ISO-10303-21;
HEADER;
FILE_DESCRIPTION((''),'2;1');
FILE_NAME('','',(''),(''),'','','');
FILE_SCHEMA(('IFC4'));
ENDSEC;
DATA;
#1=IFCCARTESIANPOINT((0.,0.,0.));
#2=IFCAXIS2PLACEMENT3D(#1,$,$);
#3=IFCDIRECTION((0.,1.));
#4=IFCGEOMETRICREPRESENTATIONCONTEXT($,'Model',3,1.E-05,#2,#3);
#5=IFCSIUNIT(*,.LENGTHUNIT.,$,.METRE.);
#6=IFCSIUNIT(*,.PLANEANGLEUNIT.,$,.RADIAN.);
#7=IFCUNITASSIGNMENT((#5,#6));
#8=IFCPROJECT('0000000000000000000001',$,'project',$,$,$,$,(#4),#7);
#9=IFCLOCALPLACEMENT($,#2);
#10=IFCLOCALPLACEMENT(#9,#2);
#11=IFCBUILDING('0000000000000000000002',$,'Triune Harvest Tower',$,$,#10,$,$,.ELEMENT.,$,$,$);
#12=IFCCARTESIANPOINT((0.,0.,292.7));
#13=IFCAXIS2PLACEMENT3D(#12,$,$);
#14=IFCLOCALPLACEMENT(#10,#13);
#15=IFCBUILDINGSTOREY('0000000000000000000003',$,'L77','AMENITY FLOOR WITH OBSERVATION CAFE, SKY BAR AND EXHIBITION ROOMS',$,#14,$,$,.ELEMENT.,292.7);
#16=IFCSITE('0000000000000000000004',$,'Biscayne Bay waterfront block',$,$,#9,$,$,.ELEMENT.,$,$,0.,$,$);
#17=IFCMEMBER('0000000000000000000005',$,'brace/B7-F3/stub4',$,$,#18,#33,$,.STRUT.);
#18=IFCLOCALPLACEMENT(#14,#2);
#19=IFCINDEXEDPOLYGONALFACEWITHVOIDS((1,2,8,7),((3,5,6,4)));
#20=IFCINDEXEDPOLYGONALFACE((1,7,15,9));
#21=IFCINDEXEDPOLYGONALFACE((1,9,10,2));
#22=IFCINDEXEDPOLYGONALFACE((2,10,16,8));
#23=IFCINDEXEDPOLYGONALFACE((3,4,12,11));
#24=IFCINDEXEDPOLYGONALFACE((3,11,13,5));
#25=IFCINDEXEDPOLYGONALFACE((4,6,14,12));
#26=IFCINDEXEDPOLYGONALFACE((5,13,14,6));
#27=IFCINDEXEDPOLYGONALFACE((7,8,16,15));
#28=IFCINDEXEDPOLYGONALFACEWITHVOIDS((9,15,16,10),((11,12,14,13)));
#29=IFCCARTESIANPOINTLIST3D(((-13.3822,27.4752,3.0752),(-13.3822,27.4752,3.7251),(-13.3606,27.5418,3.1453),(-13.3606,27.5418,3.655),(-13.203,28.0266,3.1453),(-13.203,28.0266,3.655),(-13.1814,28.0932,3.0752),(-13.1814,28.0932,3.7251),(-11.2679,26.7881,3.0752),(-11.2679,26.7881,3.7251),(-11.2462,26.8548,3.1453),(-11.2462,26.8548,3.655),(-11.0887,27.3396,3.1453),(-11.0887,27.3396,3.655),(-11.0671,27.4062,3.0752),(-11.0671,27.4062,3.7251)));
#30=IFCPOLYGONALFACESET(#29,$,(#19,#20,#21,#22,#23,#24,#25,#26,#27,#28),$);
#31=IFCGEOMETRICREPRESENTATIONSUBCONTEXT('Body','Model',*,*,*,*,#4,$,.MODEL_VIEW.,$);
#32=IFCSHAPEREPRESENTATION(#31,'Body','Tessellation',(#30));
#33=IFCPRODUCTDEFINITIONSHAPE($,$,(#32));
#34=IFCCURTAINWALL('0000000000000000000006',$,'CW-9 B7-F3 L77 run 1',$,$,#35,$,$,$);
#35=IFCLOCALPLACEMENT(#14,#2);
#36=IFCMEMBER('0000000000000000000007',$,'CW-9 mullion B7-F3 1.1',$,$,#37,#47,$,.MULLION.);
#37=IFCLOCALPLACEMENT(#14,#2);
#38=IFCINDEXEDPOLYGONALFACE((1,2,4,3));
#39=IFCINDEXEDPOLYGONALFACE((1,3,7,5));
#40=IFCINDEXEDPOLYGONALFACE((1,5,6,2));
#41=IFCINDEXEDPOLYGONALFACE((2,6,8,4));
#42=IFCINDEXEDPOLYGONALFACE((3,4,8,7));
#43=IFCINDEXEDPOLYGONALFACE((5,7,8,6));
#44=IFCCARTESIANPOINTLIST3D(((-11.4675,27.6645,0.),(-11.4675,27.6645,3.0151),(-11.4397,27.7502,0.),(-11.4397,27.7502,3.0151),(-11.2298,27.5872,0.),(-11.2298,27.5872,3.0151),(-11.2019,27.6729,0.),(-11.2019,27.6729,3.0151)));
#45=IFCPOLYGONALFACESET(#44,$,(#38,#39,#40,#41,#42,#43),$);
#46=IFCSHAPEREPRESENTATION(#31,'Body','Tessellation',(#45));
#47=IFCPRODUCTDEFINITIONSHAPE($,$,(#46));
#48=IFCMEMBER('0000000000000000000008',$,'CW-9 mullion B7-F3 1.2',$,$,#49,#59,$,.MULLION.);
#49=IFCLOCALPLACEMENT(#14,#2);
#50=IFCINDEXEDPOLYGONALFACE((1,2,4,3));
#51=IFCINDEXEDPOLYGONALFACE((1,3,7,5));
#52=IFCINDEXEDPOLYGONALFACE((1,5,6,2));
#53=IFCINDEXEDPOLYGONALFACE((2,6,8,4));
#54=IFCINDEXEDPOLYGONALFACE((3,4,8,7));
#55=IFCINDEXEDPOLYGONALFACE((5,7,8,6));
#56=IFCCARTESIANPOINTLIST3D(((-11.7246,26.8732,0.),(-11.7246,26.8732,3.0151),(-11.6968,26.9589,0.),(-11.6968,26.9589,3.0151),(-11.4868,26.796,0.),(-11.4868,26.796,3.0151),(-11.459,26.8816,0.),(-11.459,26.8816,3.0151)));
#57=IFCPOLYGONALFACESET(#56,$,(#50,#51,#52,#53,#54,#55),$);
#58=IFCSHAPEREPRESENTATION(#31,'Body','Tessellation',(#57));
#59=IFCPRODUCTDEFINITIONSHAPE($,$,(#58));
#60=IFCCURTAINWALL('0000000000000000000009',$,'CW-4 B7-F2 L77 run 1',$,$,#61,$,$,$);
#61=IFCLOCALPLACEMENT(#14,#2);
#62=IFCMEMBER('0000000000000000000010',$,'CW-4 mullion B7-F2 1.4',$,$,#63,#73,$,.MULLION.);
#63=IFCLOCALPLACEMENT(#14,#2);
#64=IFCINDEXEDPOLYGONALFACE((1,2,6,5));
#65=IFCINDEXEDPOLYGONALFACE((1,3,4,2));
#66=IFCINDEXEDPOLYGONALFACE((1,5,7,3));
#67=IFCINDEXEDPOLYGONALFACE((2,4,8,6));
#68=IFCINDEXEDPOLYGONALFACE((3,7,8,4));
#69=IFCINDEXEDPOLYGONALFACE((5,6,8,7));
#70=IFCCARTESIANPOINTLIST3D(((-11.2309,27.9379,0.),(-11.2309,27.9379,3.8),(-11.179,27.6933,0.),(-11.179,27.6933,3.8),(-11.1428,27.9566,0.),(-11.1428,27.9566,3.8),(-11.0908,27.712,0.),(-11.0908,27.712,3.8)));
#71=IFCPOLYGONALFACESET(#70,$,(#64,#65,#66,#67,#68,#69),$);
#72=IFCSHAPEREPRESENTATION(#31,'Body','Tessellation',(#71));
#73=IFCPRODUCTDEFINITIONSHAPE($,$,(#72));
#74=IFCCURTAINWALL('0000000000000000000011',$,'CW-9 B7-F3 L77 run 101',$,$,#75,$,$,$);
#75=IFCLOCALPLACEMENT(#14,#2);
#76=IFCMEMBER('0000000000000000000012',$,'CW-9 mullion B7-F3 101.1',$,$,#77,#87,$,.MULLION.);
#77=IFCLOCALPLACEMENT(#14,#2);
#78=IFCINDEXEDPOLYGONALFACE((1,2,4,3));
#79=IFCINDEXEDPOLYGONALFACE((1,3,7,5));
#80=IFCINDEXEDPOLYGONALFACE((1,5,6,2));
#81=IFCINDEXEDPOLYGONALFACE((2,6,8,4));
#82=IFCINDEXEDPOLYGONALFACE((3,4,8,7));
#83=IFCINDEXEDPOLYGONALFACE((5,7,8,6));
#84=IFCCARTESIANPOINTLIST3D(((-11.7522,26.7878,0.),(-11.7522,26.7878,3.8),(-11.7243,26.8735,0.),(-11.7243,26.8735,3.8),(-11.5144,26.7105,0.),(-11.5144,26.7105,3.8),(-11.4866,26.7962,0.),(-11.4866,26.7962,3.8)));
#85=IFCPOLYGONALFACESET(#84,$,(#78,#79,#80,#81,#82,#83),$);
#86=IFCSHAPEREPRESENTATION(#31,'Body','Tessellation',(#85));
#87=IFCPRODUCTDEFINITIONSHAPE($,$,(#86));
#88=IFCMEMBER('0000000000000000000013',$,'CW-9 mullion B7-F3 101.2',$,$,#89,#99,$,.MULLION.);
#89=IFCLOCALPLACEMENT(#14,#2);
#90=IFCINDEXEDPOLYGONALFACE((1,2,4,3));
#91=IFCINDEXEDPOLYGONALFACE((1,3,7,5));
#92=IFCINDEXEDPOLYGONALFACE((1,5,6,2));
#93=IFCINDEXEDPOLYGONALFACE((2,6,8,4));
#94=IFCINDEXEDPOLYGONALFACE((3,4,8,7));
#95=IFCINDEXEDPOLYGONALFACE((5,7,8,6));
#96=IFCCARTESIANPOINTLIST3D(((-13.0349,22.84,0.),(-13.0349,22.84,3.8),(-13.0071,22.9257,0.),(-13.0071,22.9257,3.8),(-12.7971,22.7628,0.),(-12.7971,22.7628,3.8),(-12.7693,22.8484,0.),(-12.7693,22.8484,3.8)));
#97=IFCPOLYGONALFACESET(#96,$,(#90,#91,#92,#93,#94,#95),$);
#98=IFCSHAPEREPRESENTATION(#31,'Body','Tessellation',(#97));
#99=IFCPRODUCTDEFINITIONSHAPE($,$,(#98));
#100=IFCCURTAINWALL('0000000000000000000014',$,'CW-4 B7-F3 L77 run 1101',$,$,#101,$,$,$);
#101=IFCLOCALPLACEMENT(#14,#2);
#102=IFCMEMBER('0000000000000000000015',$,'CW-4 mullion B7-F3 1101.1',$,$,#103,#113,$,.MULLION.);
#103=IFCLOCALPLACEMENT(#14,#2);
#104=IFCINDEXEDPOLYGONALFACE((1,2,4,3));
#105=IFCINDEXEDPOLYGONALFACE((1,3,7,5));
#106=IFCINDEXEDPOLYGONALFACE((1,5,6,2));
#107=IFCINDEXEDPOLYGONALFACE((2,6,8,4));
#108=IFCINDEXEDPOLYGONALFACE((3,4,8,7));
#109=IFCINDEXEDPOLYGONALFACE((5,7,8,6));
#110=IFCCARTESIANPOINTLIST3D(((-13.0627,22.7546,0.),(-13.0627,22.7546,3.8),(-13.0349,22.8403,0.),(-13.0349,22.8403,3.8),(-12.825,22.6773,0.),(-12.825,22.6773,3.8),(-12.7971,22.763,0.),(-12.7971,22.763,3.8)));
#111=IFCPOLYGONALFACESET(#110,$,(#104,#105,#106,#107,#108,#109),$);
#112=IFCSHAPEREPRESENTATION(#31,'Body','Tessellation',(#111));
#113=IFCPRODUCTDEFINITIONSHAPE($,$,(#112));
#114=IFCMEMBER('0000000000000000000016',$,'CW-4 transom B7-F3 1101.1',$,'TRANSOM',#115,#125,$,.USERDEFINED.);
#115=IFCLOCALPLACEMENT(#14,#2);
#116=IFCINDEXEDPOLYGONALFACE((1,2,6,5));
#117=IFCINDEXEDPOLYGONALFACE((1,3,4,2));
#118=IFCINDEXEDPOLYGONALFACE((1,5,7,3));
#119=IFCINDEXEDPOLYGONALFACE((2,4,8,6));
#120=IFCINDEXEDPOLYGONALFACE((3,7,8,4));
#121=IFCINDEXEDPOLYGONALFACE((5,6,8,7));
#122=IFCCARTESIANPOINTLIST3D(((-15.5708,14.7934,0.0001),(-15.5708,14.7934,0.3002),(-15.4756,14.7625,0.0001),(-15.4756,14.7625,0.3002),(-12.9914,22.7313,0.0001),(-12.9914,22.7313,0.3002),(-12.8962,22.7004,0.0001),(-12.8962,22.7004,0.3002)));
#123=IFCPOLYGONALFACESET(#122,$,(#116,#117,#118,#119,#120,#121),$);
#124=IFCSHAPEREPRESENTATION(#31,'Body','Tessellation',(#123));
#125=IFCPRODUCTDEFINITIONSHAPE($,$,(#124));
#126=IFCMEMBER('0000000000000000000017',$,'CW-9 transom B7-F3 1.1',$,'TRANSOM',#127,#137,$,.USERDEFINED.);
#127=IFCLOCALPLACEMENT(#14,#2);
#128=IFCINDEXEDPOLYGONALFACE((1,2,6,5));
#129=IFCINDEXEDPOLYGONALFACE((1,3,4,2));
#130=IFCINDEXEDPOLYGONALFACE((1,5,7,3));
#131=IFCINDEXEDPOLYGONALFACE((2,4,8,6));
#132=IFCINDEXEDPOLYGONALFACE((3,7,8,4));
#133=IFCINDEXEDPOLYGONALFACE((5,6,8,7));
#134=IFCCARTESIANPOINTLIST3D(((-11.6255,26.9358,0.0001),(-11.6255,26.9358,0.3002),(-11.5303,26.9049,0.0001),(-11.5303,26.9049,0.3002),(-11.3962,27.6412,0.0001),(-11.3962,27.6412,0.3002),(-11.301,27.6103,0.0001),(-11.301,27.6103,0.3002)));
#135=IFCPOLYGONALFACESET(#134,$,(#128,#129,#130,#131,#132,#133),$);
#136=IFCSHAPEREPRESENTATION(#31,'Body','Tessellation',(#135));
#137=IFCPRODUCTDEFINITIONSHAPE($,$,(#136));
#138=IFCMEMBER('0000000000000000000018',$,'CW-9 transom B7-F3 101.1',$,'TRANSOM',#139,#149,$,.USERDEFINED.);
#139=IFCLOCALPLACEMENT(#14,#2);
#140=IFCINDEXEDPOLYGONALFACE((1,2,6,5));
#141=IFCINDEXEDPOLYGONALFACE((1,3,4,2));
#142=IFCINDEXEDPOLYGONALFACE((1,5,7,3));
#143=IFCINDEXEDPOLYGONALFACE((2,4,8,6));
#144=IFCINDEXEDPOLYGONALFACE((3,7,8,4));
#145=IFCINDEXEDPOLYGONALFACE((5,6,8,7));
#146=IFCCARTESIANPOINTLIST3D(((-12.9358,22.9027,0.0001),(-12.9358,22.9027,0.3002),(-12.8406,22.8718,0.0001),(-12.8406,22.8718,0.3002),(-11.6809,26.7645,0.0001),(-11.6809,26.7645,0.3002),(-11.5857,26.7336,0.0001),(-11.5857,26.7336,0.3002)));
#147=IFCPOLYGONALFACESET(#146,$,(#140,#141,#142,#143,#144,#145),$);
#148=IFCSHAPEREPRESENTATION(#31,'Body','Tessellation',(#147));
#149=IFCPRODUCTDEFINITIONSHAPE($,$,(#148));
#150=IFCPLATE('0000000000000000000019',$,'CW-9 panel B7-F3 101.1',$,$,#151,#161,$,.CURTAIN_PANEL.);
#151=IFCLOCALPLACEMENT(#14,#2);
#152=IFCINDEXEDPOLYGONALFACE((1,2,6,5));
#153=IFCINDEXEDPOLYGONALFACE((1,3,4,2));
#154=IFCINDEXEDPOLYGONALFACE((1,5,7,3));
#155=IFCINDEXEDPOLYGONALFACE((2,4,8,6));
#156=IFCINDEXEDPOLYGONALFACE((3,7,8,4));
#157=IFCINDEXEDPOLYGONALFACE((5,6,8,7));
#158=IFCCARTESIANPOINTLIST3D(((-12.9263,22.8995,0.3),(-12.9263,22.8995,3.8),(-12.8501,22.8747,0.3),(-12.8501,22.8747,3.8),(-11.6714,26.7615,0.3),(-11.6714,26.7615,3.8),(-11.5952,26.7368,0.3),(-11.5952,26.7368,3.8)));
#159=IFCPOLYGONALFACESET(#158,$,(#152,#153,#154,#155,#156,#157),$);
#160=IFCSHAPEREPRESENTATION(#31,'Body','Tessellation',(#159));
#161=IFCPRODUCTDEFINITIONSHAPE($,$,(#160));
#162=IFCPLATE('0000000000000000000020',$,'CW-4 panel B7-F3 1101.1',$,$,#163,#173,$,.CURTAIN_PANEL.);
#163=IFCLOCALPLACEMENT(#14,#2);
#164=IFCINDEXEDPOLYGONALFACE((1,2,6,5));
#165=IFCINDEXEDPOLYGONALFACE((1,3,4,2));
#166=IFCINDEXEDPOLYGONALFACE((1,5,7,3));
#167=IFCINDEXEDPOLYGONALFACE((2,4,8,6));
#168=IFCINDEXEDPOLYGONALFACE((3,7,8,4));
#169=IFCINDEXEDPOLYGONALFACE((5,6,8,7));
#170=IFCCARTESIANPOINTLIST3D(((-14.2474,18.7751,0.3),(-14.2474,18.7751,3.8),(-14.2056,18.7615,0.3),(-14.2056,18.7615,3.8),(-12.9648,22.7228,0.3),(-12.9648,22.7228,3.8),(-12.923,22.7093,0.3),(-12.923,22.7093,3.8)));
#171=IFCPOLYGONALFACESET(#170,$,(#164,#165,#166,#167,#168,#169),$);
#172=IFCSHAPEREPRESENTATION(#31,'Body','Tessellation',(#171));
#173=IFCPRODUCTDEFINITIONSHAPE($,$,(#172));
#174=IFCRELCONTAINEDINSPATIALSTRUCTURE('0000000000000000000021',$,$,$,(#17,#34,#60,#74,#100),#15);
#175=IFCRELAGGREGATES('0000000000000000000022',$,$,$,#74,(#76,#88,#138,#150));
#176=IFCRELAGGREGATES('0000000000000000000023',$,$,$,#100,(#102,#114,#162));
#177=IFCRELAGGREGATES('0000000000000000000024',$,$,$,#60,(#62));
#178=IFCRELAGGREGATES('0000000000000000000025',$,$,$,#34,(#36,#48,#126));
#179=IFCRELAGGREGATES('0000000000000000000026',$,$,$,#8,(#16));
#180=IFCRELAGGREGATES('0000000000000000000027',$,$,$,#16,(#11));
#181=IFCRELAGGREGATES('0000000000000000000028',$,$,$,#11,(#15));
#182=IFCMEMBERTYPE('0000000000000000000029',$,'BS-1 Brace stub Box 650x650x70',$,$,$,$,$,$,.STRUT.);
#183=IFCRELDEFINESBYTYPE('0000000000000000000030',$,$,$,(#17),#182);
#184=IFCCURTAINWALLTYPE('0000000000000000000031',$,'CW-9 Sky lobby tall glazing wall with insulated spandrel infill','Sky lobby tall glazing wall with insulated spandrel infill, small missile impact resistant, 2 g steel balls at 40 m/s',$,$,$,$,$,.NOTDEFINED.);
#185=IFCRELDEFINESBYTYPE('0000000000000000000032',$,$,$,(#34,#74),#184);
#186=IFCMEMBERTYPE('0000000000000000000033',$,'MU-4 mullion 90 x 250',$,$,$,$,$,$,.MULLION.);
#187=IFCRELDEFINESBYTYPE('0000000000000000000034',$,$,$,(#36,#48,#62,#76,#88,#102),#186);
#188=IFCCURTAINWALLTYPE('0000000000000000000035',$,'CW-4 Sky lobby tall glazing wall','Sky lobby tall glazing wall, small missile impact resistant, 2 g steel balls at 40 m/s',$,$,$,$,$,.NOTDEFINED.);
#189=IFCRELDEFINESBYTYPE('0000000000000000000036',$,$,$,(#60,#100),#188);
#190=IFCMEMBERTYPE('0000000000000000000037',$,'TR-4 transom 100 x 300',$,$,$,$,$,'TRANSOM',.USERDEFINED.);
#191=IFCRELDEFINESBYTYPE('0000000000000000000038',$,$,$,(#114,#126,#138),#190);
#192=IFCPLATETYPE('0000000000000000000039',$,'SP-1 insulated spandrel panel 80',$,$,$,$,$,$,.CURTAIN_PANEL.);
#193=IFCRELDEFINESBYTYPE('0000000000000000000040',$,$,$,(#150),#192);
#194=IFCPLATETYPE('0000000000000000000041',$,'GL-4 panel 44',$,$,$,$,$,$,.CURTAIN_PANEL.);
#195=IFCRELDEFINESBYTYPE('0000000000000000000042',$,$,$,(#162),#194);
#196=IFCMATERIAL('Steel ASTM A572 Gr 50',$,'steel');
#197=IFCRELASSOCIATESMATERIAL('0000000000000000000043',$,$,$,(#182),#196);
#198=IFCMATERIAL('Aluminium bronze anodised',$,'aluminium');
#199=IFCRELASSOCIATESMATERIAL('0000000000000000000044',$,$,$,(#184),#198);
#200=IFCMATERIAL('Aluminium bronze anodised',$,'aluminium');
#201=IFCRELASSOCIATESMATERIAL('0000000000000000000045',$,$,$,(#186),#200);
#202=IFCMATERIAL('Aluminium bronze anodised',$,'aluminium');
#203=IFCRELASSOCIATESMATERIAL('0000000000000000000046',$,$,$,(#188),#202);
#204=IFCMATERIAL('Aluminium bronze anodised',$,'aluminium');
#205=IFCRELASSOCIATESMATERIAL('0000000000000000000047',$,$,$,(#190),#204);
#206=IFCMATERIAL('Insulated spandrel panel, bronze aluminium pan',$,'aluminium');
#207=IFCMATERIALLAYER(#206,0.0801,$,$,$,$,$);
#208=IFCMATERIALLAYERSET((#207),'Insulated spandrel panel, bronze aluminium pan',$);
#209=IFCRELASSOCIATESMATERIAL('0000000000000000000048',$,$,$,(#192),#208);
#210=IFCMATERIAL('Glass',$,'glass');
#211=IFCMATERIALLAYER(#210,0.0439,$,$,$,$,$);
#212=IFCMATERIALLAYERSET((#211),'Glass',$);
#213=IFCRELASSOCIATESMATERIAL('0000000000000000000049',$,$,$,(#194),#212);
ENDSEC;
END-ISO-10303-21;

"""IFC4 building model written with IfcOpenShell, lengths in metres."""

from ifc_helpers import new_model, si_unit, direction, frame, origin, origin_2d, place, context, subcontext, project, spatial, rectangle, hollow_rectangle, extrude, source, transform, mapped, material, layer, layer_set, material_profile, profile_set, type_object, element, aggregate, save


model = new_model("IFC4")

# Units and contexts
model_context = context("Model", 3, precision=1e-05, world=origin(), true_north=direction((0.0, 1.0)))
body_context = subcontext(model_context, "Body", "Model", "MODEL_VIEW")
ifc_project = project(units=[si_unit("LENGTHUNIT", "METRE"), si_unit("PLANEANGLEUNIT", "RADIAN")], contexts=[model_context])

# Site, building, storey
site_placement = place(None, origin())
site = spatial("IfcSite", under=ifc_project, at=site_placement, Name="Biscayne Bay waterfront block", CompositionType="ELEMENT", RefElevation=0.0)
building_placement = place(site_placement, origin())
building = spatial("IfcBuilding", under=site, at=building_placement, Name="Triune Harvest Tower", CompositionType="ELEMENT")
storey_placement = place(building_placement, frame((0.0, 0.0, 292.7)))
storey = spatial("IfcBuildingStorey", under=building, at=storey_placement, Name="L77", Description="AMENITY FLOOR WITH OBSERVATION CAFE, SKY BAR AND EXHIBITION ROOMS", CompositionType="ELEMENT", Elevation=292.7)

# Member
ifc_material_1 = material(Name="Steel ASTM A572 Gr 50", Category="steel")
ifc_material_profile_1 = material_profile(ifc_material_1, hollow_rectangle(XDim=0.6499, YDim=0.6499, WallThickness=0.0701, at=origin_2d()), Name="Box 650x650x70")
ifc_profile_set_1 = profile_set([ifc_material_profile_1], Name="Steel ASTM A572 Gr 50")
member_type_1 = type_object("IfcMemberType", Name="BS-1 Brace stub Box 650x650x70", PredefinedType="STRUT", material=ifc_profile_set_1)
shared_shape_1 = source(origin(), body_context, "Body", "SweptSolid", [
    extrude(hollow_rectangle(XDim=0.6499, YDim=0.6499, WallThickness=0.0701, at=origin_2d()), origin(), (0.0, 0.0, 1.0), 2.2231),
])
member_1_placement = place(storey_placement, frame((-11.1675, 27.0972, 3.4001), z_axis=(-0.95105, 0.309036, 0.0), x_axis=(-0.309036, -0.95105, 0.0)))
element("IfcMember", 1, at=member_1_placement, inside=storey, type_object=member_type_1, Name="brace/B7-F3/stub4", PredefinedType="STRUT", context=body_context, shape_type="MappedRepresentation", body=[
    mapped(shared_shape_1, transform((0.0, 0.0, 0.0), scale=1.0)),
])

# Curtain wall, members
ifc_material_2 = material(Name="Aluminium bronze anodised", Category="aluminium")
curtain_wall_type_1 = type_object("IfcCurtainWallType", Name="CW-9 Sky lobby tall glazing wall with insulated spandrel infill", Description="Sky lobby tall glazing wall with insulated spandrel infill, small missile impact resistant, 2 g steel balls at 40 m/s", PredefinedType="NOTDEFINED", material=ifc_material_2)
curtain_wall_1_placement = place(storey_placement, origin())
curtain_wall_1 = element("IfcCurtainWall", 2, at=curtain_wall_1_placement, inside=storey, type_object=curtain_wall_type_1, Name="CW-9 B7-F3 L77 run 1")
ifc_material_3 = material(Name="Aluminium bronze anodised", Category="aluminium")
ifc_material_profile_2 = material_profile(ifc_material_3, rectangle(XDim=0.25, YDim=0.0901, at=origin_2d()), Name="MU-4 mullion 90 x 250")
ifc_profile_set_2 = profile_set([ifc_material_profile_2], Name="Aluminium bronze anodised")
member_type_2 = type_object("IfcMemberType", Name="MU-4 mullion 90 x 250", PredefinedType="MULLION", material=ifc_profile_set_2)
shared_shape_2 = source(origin(), body_context, "Body", "SweptSolid", [
    extrude(rectangle(XDim=0.25, YDim=0.0901, at=origin_2d()), origin(), (0.0, 0.0, 1.0), 3.0151),
])
member_2_placement = place(storey_placement, frame((-11.3347, 27.6687, 0.0), z_axis=(0.0, 0.0, 1.0), x_axis=(0.951043, -0.309059, 0.0)))
member_2 = element("IfcMember", 3, at=member_2_placement, type_object=member_type_2, Name="CW-9 mullion B7-F3 1.1", PredefinedType="MULLION", context=body_context, shape_type="MappedRepresentation", body=[
    mapped(shared_shape_2, transform((0.0, 0.0, 0.0), scale=1.0)),
])
member_3_placement = place(storey_placement, frame((-11.5918, 26.8774, 0.0), z_axis=(0.0, 0.0, 1.0), x_axis=(0.951043, -0.309059, 0.0)))
member_3 = element("IfcMember", 4, at=member_3_placement, type_object=member_type_2, Name="CW-9 mullion B7-F3 1.2", PredefinedType="MULLION", context=body_context, shape_type="MappedRepresentation", body=[
    mapped(shared_shape_2, transform((0.0, 0.0, 0.0), scale=1.0)),
])

# Curtain wall, member
ifc_material_4 = material(Name="Aluminium bronze anodised", Category="aluminium")
curtain_wall_type_2 = type_object("IfcCurtainWallType", Name="CW-4 Sky lobby tall glazing wall", Description="Sky lobby tall glazing wall, small missile impact resistant, 2 g steel balls at 40 m/s", PredefinedType="NOTDEFINED", material=ifc_material_4)
curtain_wall_2_placement = place(storey_placement, origin())
curtain_wall_2 = element("IfcCurtainWall", 5, at=curtain_wall_2_placement, inside=storey, type_object=curtain_wall_type_2, Name="CW-4 B7-F2 L77 run 1")
shared_shape_3 = source(origin(), body_context, "Body", "SweptSolid", [
    extrude(rectangle(XDim=0.25, YDim=0.0901, at=origin_2d()), origin(), (0.0, 0.0, 1.0), 3.8),
])
member_4_placement = place(storey_placement, frame((-11.1609, 27.825, 0.0), z_axis=(0.0, 0.0, 1.0), x_axis=(0.207905, -0.978149, 0.0)))
member_4 = element("IfcMember", 6, at=member_4_placement, type_object=member_type_2, Name="CW-4 mullion B7-F2 1.4", PredefinedType="MULLION", context=body_context, shape_type="MappedRepresentation", body=[
    mapped(shared_shape_3, transform((0.0, 0.0, 0.0), scale=1.0)),
])

# Curtain walls, members
curtain_wall_3_placement = place(storey_placement, origin())
curtain_wall_3 = element("IfcCurtainWall", 7, at=curtain_wall_3_placement, inside=storey, type_object=curtain_wall_type_1, Name="CW-9 B7-F3 L77 run 101")
member_5_placement = place(storey_placement, frame((-11.6194, 26.792, 0.0), z_axis=(0.0, 0.0, 1.0), x_axis=(0.951054, -0.309024, 0.0)))
member_5 = element("IfcMember", 8, at=member_5_placement, type_object=member_type_2, Name="CW-9 mullion B7-F3 101.1", PredefinedType="MULLION", context=body_context, shape_type="MappedRepresentation", body=[
    mapped(shared_shape_3, transform((0.0, 0.0, 0.0), scale=1.0)),
])
member_6_placement = place(storey_placement, frame((-12.9021, 22.8442, 0.0), z_axis=(0.0, 0.0, 1.0), x_axis=(0.951054, -0.309024, 0.0)))
member_6 = element("IfcMember", 9, at=member_6_placement, type_object=member_type_2, Name="CW-9 mullion B7-F3 101.2", PredefinedType="MULLION", context=body_context, shape_type="MappedRepresentation", body=[
    mapped(shared_shape_3, transform((0.0, 0.0, 0.0), scale=1.0)),
])
curtain_wall_4_placement = place(storey_placement, origin())
curtain_wall_4 = element("IfcCurtainWall", 10, at=curtain_wall_4_placement, inside=storey, type_object=curtain_wall_type_2, Name="CW-4 B7-F3 L77 run 1101")
member_7_placement = place(storey_placement, frame((-12.9299, 22.7588, 0.0), z_axis=(0.0, 0.0, 1.0), x_axis=(0.951058, -0.309013, 0.0)))
member_7 = element("IfcMember", 11, at=member_7_placement, type_object=member_type_2, Name="CW-4 mullion B7-F3 1101.1", PredefinedType="MULLION", context=body_context, shape_type="MappedRepresentation", body=[
    mapped(shared_shape_3, transform((0.0, 0.0, 0.0), scale=1.0)),
])
ifc_material_5 = material(Name="Aluminium bronze anodised", Category="aluminium")
ifc_material_profile_3 = material_profile(ifc_material_5, rectangle(XDim=0.1001, YDim=0.3, at=origin_2d()), Name="TR-4 transom 100 x 300")
ifc_profile_set_3 = profile_set([ifc_material_profile_3], Name="Aluminium bronze anodised")
member_type_3 = type_object("IfcMemberType", Name="TR-4 transom 100 x 300", ElementType="TRANSOM", PredefinedType="USERDEFINED", material=ifc_profile_set_3)
shared_shape_4 = source(origin(), body_context, "Body", "SweptSolid", [
    extrude(rectangle(XDim=0.1001, YDim=0.3, at=origin_2d()), origin(), (0.0, 0.0, 1.0), 8.3464),
])
member_8_placement = place(storey_placement, frame((-12.9438, 22.7158, 0.1501), z_axis=(-0.309032, -0.951052, 0.0), x_axis=(0.951052, -0.309032, 0.0)))
member_8 = element("IfcMember", 12, at=member_8_placement, type_object=member_type_3, Name="CW-4 transom B7-F3 1101.1", ObjectType="TRANSOM", PredefinedType="USERDEFINED", context=body_context, shape_type="MappedRepresentation", body=[
    mapped(shared_shape_4, transform((0.0, 0.0, 0.0), scale=1.0)),
])

# Members
shared_shape_5 = source(origin(), body_context, "Body", "SweptSolid", [
    extrude(rectangle(XDim=0.1001, YDim=0.3, at=origin_2d()), origin(), (0.0, 0.0, 1.0), 0.7417),
])
member_9_placement = place(storey_placement, frame((-11.3486, 27.6257, 0.1501), z_axis=(-0.309108, -0.951027, 0.0), x_axis=(0.951027, -0.309108, 0.0)))
member_9 = element("IfcMember", 13, at=member_9_placement, type_object=member_type_3, Name="CW-9 transom B7-F3 1.1", ObjectType="TRANSOM", PredefinedType="USERDEFINED", context=body_context, shape_type="MappedRepresentation", body=[
    mapped(shared_shape_5, transform((0.0, 0.0, 0.0), scale=1.0)),
])
shared_shape_6 = source(origin(), body_context, "Body", "SweptSolid", [
    extrude(rectangle(XDim=0.1001, YDim=0.3, at=origin_2d()), origin(), (0.0, 0.0, 1.0), 4.0605),
])
member_10_placement = place(storey_placement, frame((-11.6333, 26.749, 0.1501), z_axis=(-0.30904, -0.951049, 0.0), x_axis=(0.951049, -0.30904, 0.0)))
member_10 = element("IfcMember", 14, at=member_10_placement, type_object=member_type_3, Name="CW-9 transom B7-F3 101.1", ObjectType="TRANSOM", PredefinedType="USERDEFINED", context=body_context, shape_type="MappedRepresentation", body=[
    mapped(shared_shape_6, transform((0.0, 0.0, 0.0), scale=1.0)),
])

# Plates
ifc_material_6 = material(Name="Insulated spandrel panel, bronze aluminium pan", Category="aluminium")
ifc_layer_1 = layer(ifc_material_6, 0.0801)
ifc_layer_set_1 = layer_set([ifc_layer_1], Name="Insulated spandrel panel, bronze aluminium pan")
plate_type_1 = type_object("IfcPlateType", Name="SP-1 insulated spandrel panel 80", PredefinedType="CURTAIN_PANEL", material=ifc_layer_set_1)
shared_shape_7 = source(origin(), body_context, "Body", "SweptSolid", [
    extrude(rectangle(XDim=4.0608, YDim=0.0801, at=origin_2d()), origin(), (0.0, 0.0, 1.0), 3.5),
])
plate_1_placement = place(storey_placement, frame((-12.2607, 24.8181, 0.3), z_axis=(0.0, 0.0, 1.0), x_axis=(-0.309024, -0.951054, 0.0)))
plate_1 = element("IfcPlate", 15, at=plate_1_placement, type_object=plate_type_1, Name="CW-9 panel B7-F3 101.1", PredefinedType="CURTAIN_PANEL", context=body_context, shape_type="MappedRepresentation", body=[
    mapped(shared_shape_7, transform((0.0, 0.0, 0.0), scale=1.0)),
])
aggregate(curtain_wall_3, [member_5, member_6, member_10, plate_1])
ifc_material_7 = material(Name="Glass", Category="glass")
ifc_layer_2 = layer(ifc_material_7, 0.0439)
ifc_layer_set_2 = layer_set([ifc_layer_2], Name="Glass")
plate_type_2 = type_object("IfcPlateType", Name="GL-4 panel 44", PredefinedType="CURTAIN_PANEL", material=ifc_layer_set_2)
shared_shape_8 = source(origin(), body_context, "Body", "SweptSolid", [
    extrude(rectangle(XDim=4.1509, YDim=0.0439, at=origin_2d()), origin(), (0.0, 0.0, 1.0), 3.5),
])
plate_2_placement = place(storey_placement, frame((-13.5852, 20.7422, 0.3), z_axis=(0.0, 0.0, 1.0), x_axis=(-0.309013, -0.951058, 0.0)))
plate_2 = element("IfcPlate", 16, at=plate_2_placement, type_object=plate_type_2, Name="CW-4 panel B7-F3 1101.1", PredefinedType="CURTAIN_PANEL", context=body_context, shape_type="MappedRepresentation", body=[
    mapped(shared_shape_8, transform((0.0, 0.0, 0.0), scale=1.0)),
])
aggregate(curtain_wall_4, [member_7, member_8, plate_2])
aggregate(curtain_wall_2, [member_4])
aggregate(curtain_wall_1, [member_2, member_3, member_9])

save(model, "model.ifc")
